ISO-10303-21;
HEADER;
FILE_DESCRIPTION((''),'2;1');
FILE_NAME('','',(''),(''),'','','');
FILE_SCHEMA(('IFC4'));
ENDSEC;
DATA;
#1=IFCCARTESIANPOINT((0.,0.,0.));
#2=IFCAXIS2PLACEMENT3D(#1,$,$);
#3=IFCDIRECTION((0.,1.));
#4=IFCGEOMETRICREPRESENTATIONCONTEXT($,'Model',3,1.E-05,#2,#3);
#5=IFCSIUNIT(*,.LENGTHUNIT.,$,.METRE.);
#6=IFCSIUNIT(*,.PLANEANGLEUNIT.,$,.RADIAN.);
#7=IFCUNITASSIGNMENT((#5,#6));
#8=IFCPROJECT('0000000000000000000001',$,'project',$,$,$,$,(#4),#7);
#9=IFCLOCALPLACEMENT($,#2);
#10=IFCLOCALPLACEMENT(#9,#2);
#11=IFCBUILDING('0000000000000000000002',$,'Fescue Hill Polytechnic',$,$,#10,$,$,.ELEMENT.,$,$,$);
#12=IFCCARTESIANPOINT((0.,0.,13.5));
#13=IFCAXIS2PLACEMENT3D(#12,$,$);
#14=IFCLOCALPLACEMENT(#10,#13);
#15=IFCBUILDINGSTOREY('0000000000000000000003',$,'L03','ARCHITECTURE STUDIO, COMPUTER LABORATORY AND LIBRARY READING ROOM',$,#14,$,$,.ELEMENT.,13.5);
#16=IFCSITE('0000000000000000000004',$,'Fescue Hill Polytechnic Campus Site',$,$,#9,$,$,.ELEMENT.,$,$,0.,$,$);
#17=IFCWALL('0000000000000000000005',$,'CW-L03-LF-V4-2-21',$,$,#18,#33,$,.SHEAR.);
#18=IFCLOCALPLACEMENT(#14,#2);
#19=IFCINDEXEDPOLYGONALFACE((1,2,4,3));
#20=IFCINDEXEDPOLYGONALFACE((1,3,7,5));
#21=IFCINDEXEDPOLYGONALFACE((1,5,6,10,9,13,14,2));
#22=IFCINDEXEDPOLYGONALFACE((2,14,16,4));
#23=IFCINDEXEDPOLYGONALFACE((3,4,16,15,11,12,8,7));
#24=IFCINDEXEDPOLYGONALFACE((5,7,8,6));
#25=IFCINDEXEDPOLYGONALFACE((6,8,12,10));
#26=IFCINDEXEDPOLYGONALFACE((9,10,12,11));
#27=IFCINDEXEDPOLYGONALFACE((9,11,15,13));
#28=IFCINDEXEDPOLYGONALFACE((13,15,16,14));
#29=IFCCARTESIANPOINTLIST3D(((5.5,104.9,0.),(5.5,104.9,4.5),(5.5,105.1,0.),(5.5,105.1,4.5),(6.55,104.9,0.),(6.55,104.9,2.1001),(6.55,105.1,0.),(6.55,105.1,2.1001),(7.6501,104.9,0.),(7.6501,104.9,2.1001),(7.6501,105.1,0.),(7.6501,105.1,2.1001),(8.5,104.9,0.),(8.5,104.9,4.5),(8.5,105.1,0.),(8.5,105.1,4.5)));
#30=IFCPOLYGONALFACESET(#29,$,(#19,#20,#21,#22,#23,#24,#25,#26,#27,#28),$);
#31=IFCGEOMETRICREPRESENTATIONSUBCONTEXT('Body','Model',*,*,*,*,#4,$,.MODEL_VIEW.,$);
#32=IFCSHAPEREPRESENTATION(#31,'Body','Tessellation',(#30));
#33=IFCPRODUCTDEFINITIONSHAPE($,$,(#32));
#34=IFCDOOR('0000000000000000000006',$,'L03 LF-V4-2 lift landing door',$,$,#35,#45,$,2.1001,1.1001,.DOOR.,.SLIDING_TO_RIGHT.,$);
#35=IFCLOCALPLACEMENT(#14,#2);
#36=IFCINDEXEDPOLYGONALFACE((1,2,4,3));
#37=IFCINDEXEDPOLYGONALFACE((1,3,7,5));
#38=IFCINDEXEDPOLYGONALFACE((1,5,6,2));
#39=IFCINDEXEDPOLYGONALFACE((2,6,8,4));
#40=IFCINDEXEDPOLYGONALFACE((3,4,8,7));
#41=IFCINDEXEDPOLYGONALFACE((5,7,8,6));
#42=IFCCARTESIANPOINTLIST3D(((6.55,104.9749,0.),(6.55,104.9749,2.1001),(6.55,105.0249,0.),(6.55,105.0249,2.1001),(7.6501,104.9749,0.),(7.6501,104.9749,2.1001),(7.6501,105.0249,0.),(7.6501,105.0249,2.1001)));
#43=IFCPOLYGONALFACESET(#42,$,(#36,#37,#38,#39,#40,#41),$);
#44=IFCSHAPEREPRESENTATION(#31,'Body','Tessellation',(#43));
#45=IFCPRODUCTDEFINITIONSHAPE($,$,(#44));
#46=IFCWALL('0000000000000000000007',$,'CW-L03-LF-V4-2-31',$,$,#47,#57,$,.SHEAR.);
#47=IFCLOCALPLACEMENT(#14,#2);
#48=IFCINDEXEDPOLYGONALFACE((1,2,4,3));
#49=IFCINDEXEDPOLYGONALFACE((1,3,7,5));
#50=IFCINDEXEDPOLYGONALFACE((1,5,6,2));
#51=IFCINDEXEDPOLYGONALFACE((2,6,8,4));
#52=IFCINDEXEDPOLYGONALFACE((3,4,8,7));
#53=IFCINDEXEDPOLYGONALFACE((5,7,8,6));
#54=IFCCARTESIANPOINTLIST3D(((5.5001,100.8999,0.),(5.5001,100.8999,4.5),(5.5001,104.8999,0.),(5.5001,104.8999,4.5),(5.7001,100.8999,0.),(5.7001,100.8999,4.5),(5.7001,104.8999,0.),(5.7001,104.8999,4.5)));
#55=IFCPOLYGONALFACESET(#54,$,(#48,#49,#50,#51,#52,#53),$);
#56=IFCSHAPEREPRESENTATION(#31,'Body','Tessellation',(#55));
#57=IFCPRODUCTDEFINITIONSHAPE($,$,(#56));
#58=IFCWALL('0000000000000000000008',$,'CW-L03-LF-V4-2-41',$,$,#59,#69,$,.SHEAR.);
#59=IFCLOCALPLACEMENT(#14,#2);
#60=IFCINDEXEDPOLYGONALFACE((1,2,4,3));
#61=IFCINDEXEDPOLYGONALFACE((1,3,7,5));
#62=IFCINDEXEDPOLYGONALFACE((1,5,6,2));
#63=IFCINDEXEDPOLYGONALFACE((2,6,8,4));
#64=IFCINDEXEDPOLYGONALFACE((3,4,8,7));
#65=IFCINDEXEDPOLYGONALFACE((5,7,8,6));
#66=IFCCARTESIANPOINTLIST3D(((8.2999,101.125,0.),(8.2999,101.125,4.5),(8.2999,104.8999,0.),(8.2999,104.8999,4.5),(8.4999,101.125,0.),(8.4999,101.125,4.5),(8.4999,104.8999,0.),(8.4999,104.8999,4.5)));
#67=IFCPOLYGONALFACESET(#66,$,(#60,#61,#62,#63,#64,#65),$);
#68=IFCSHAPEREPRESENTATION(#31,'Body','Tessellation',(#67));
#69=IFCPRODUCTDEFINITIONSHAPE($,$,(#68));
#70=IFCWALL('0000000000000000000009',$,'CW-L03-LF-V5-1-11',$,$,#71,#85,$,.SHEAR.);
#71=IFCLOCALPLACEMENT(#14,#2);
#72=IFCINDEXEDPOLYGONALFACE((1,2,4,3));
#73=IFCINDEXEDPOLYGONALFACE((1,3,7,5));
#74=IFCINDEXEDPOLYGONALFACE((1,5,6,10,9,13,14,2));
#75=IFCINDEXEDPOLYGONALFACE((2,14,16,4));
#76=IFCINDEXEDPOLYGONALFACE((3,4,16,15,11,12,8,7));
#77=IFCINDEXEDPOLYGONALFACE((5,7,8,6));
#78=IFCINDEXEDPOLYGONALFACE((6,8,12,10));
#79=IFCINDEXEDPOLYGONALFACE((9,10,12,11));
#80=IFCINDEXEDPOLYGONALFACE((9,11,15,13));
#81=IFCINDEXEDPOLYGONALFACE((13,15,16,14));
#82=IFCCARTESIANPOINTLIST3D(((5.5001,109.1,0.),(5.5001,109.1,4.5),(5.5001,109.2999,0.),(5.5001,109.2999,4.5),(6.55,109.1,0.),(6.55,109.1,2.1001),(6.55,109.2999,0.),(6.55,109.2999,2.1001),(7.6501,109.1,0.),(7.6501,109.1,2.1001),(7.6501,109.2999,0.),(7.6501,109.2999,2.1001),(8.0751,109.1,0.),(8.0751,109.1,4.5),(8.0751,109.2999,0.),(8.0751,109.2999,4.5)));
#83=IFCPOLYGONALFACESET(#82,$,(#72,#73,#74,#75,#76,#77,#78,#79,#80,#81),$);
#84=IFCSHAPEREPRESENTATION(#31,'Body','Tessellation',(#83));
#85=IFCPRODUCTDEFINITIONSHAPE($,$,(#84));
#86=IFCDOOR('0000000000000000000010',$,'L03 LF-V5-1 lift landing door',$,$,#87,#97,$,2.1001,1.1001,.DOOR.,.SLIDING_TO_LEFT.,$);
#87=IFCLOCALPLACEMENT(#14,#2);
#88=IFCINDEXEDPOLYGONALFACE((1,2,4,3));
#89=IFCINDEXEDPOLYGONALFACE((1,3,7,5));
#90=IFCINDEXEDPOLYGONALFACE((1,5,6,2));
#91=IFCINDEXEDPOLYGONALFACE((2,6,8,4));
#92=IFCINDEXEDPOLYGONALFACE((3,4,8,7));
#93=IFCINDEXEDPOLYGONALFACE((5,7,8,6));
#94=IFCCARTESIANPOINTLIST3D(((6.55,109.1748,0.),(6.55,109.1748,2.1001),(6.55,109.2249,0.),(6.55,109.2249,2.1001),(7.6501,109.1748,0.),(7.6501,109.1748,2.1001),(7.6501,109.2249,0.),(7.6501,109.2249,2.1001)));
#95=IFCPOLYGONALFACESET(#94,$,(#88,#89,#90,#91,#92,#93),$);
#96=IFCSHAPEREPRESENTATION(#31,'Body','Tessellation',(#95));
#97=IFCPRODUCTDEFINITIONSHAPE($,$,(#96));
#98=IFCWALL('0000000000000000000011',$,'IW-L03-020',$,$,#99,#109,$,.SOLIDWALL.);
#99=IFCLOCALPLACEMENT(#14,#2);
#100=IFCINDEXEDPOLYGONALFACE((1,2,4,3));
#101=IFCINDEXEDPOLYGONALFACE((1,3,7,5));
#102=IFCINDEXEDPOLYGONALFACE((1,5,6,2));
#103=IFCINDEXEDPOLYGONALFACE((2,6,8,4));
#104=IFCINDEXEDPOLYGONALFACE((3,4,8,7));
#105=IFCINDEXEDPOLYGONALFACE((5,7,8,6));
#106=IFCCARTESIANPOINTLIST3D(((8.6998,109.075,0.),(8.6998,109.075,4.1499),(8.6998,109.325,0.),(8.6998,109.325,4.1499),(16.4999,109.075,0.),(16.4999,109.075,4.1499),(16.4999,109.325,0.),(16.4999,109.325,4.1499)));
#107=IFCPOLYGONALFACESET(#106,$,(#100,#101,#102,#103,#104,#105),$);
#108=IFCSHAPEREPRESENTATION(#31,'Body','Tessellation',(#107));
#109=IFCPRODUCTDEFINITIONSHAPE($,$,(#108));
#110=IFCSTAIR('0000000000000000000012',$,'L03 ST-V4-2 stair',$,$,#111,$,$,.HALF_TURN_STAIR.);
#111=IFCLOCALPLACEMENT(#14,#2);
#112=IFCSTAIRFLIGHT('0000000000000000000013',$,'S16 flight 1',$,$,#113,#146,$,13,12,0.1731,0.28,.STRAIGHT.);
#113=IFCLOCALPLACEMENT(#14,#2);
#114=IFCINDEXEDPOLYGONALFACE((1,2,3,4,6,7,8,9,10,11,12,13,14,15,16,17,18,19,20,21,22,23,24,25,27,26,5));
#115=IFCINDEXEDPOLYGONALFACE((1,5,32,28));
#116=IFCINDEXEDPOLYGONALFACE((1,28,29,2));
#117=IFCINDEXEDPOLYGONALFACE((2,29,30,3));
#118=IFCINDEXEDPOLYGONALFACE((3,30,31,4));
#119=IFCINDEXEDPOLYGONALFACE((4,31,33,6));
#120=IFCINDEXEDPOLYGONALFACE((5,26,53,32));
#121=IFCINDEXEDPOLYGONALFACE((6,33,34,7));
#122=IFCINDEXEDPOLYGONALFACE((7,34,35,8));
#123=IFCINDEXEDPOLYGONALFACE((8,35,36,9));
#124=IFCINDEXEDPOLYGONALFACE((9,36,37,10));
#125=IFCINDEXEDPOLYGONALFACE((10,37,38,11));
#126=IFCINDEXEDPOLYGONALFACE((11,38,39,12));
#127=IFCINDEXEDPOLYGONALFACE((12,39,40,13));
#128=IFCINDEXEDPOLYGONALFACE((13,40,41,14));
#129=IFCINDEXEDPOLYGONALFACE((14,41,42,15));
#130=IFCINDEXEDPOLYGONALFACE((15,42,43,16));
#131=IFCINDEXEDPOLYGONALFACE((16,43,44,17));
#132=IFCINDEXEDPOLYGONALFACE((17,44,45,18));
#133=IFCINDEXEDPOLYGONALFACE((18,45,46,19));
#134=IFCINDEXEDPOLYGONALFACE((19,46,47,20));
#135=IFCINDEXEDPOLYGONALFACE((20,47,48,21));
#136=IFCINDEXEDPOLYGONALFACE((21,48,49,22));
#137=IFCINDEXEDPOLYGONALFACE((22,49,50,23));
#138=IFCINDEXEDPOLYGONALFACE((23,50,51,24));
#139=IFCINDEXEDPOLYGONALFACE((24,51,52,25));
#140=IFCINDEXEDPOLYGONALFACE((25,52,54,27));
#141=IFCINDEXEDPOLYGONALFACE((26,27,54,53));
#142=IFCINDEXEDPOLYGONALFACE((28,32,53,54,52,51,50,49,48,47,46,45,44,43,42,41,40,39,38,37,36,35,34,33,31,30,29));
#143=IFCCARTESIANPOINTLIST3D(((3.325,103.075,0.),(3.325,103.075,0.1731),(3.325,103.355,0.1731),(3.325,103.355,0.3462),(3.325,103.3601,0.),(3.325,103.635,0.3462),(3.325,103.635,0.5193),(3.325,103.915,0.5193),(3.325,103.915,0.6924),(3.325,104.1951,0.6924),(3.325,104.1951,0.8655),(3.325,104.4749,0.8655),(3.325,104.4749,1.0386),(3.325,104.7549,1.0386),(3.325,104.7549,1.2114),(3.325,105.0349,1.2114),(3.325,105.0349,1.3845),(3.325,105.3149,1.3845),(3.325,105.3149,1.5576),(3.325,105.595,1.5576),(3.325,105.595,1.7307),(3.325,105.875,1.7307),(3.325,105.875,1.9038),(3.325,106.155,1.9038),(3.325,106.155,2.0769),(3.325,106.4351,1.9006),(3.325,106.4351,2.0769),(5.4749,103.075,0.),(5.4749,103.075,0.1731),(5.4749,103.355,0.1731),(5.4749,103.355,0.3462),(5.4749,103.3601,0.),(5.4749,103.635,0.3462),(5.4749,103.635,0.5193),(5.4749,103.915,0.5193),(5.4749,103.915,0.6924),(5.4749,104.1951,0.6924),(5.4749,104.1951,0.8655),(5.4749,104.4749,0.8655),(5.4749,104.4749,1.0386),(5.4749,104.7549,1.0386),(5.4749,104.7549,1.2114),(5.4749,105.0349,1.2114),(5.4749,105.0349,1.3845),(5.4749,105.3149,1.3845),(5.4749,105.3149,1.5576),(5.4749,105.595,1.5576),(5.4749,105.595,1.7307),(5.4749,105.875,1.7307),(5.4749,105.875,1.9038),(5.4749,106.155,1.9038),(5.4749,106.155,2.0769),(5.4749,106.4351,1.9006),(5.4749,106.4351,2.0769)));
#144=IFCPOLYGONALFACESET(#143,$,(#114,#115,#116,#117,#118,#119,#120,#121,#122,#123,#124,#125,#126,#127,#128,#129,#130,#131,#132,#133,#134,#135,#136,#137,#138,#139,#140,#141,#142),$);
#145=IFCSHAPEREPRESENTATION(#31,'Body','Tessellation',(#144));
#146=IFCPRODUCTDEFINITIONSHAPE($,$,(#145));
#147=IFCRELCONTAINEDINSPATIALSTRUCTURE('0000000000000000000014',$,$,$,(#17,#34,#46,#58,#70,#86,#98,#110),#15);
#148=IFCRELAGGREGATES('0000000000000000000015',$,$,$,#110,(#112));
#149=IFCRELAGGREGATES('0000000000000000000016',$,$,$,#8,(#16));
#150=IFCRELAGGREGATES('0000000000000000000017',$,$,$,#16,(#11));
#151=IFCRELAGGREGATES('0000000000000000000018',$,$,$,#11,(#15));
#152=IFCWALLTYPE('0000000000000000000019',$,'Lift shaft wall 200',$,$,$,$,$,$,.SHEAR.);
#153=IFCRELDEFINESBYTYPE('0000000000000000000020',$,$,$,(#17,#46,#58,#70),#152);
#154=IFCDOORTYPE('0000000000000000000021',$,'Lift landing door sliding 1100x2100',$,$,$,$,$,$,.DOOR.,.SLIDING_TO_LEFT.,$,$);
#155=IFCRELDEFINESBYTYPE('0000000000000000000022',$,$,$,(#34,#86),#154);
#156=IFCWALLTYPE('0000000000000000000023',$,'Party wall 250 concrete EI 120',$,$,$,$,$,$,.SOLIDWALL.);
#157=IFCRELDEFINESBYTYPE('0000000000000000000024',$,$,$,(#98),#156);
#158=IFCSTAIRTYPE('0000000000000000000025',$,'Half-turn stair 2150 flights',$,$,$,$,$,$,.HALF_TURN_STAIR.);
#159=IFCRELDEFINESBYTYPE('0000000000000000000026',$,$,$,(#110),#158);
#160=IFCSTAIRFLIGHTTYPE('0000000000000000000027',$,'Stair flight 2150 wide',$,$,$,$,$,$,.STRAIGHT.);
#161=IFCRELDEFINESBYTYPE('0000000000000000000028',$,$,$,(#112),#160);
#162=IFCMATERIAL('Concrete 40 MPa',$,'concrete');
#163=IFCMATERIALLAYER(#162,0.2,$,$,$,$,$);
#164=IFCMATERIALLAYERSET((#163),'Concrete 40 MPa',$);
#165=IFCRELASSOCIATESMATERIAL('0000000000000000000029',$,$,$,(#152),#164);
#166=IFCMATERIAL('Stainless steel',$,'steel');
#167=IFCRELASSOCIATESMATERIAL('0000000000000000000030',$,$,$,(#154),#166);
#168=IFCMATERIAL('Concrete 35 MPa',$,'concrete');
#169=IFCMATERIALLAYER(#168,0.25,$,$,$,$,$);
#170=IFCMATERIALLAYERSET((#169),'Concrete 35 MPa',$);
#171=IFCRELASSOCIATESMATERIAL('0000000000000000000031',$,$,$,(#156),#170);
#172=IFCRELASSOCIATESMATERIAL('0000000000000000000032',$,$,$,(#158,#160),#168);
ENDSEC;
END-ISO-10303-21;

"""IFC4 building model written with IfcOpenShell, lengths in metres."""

from ifc_helpers import new_model, si_unit, direction, frame, frame_2d, origin, place, context, subcontext, project, spatial, polyline, rectangle, outline, extrude, material, layer, layer_set, type_object, element, fill, aggregate, save


model = new_model("IFC4")

# Units and contexts
model_context = context("Model", 3, precision=1e-05, world=origin(), true_north=direction((0.0, 1.0)))
body_context = subcontext(model_context, "Body", "Model", "MODEL_VIEW")
ifc_project = project(units=[si_unit("LENGTHUNIT", "METRE"), si_unit("PLANEANGLEUNIT", "RADIAN")], contexts=[model_context])

# Site, building, storey
site_placement = place(None, origin())
site = spatial("IfcSite", under=ifc_project, at=site_placement, Name="Fescue Hill Polytechnic Campus Site", CompositionType="ELEMENT", RefElevation=0.0)
building_placement = place(site_placement, origin())
building = spatial("IfcBuilding", under=site, at=building_placement, Name="Fescue Hill Polytechnic", CompositionType="ELEMENT")
storey_placement = place(building_placement, frame((0.0, 0.0, 13.5)))
storey = spatial("IfcBuildingStorey", under=building, at=storey_placement, Name="L03", Description="ARCHITECTURE STUDIO, COMPUTER LABORATORY AND LIBRARY READING ROOM", CompositionType="ELEMENT", Elevation=13.5)

# Shared definitions
ifc_material_1 = material(Name="Concrete 40 MPa", Category="concrete")

# Shared definitions
ifc_material_2 = material(Name="Concrete 35 MPa", Category="concrete")

# Wall, opening, door
ifc_layer_1 = layer(ifc_material_1, 0.2)
ifc_layer_set_1 = layer_set([ifc_layer_1], Name="Concrete 40 MPa")
wall_type_1 = type_object("IfcWallType", Name="Lift shaft wall 200", PredefinedType="SHEAR", material=ifc_layer_set_1)
ifc_material_3 = material(Name="Stainless steel", Category="steel")
door_type = type_object("IfcDoorType", Name="Lift landing door sliding 1100x2100", OperationType="SLIDING_TO_LEFT", PredefinedType="DOOR", material=ifc_material_3)
wall_1_placement = place(storey_placement, frame((5.5, 105.0, 0.0), z_axis=(0.0, 0.0, 1.0), x_axis=(1.0, 0.0, 0.0)))
wall_1 = element("IfcWall", 1, at=wall_1_placement, inside=storey, type_object=wall_type_1, Name="CW-L03-LF-V4-2-21", PredefinedType="SHEAR", context=body_context, shape_type="SweptSolid", body=[
    extrude(rectangle(XDim=3.0, YDim=0.2, at=frame_2d((1.5, 0.0))), origin(), (0.0, 0.0, 1.0), 4.5),
])
opening_1_placement = place(wall_1_placement, frame((1.05, 0.0, 0.0)))
opening_1 = element("IfcOpeningElement", 2, at=opening_1_placement, cuts=wall_1, PredefinedType="OPENING", context=body_context, shape_type="SweptSolid", body=[
    extrude(rectangle(XDim=1.1001, YDim=2.1001, at=frame_2d((0.55, 1.05))), frame((0.0, 0.1099, 0.0), z_axis=(0.0, -1.0, 0.0), x_axis=(1.0, 0.0, 0.0)), (0.0, 0.0, 1.0), 0.22),
])
door_1_placement = place(opening_1_placement, origin())
door_1 = element("IfcDoor", 3, at=door_1_placement, inside=storey, type_object=door_type, Name="L03 LF-V4-2 lift landing door", OperationType="SLIDING_TO_RIGHT", OverallHeight=2.1001, OverallWidth=1.1001, PredefinedType="DOOR", context=body_context, shape_type="SweptSolid", body=[
    extrude(rectangle(XDim=1.1001, YDim=2.1001, at=frame_2d((0.55, 1.05))), frame((0.0, 0.0249, 0.0), z_axis=(0.0, -1.0, 0.0), x_axis=(1.0, 0.0, 0.0)), (0.0, 0.0, 1.0), 0.05),
])
fill(opening_1, door_1)

# Walls
wall_2_placement = place(storey_placement, frame((5.6001, 100.8999, 0.0), z_axis=(0.0, 0.0, 1.0), x_axis=(0.0, 1.0, 0.0)))
element("IfcWall", 4, at=wall_2_placement, inside=storey, type_object=wall_type_1, Name="CW-L03-LF-V4-2-31", PredefinedType="SHEAR", context=body_context, shape_type="SweptSolid", body=[
    extrude(rectangle(XDim=4.0, YDim=0.2, at=frame_2d((2.0, 0.0))), origin(), (0.0, 0.0, 1.0), 4.5),
])
wall_3_placement = place(storey_placement, frame((8.3999, 101.125, 0.0), z_axis=(0.0, 0.0, 1.0), x_axis=(0.0, 1.0, 0.0)))
element("IfcWall", 5, at=wall_3_placement, inside=storey, type_object=wall_type_1, Name="CW-L03-LF-V4-2-41", PredefinedType="SHEAR", context=body_context, shape_type="SweptSolid", body=[
    extrude(rectangle(XDim=3.7749, YDim=0.2, at=frame_2d((1.8875, 0.0))), origin(), (0.0, 0.0, 1.0), 4.5),
])

# Wall, opening, door
wall_4_placement = place(storey_placement, frame((5.5, 109.2, 0.0), z_axis=(0.0, 0.0, 1.0), x_axis=(1.0, 0.0, 0.0)))
wall_4 = element("IfcWall", 6, at=wall_4_placement, inside=storey, type_object=wall_type_1, Name="CW-L03-LF-V5-1-11", PredefinedType="SHEAR", context=body_context, shape_type="SweptSolid", body=[
    extrude(rectangle(XDim=2.575, YDim=0.2, at=frame_2d((1.2876, 0.0))), origin(), (0.0, 0.0, 1.0), 4.5),
])
opening_2_placement = place(wall_4_placement, frame((1.05, 0.0, 0.0)))
opening_2 = element("IfcOpeningElement", 7, at=opening_2_placement, cuts=wall_4, PredefinedType="OPENING", context=body_context, shape_type="SweptSolid", body=[
    extrude(rectangle(XDim=1.1001, YDim=2.1001, at=frame_2d((0.55, 1.05))), frame((0.0, 0.1099, 0.0), z_axis=(0.0, -1.0, 0.0), x_axis=(1.0, 0.0, 0.0)), (0.0, 0.0, 1.0), 0.22),
])
door_2_placement = place(opening_2_placement, origin())
door_2 = element("IfcDoor", 8, at=door_2_placement, inside=storey, type_object=door_type, Name="L03 LF-V5-1 lift landing door", OperationType="SLIDING_TO_LEFT", OverallHeight=2.1001, OverallWidth=1.1001, PredefinedType="DOOR", context=body_context, shape_type="SweptSolid", body=[
    extrude(rectangle(XDim=1.1001, YDim=2.1001, at=frame_2d((0.55, 1.05))), frame((0.0, 0.0249, 0.0), z_axis=(0.0, -1.0, 0.0), x_axis=(1.0, 0.0, 0.0)), (0.0, 0.0, 1.0), 0.05),
])
fill(opening_2, door_2)

# Wall
ifc_layer_2 = layer(ifc_material_2, 0.25)
ifc_layer_set_2 = layer_set([ifc_layer_2], Name="Concrete 35 MPa")
wall_type_2 = type_object("IfcWallType", Name="Party wall 250 concrete EI 120", PredefinedType="SOLIDWALL", material=ifc_layer_set_2)
wall_5_placement = place(storey_placement, frame((8.7, 109.2, 0.0), z_axis=(0.0, 0.0, 1.0), x_axis=(1.0, 0.0, 0.0)))
element("IfcWall", 9, at=wall_5_placement, inside=storey, type_object=wall_type_2, Name="IW-L03-020", PredefinedType="SOLIDWALL", context=body_context, shape_type="SweptSolid", body=[
    extrude(rectangle(XDim=7.8, YDim=0.25, at=frame_2d((3.8999, 0.0))), origin(), (0.0, 0.0, 1.0), 4.1499),
])

# Stair, stair flight
stair_type = type_object("IfcStairType", Name="Half-turn stair 2150 flights", PredefinedType="HALF_TURN_STAIR", material=ifc_material_2)
stair_placement = place(storey_placement, origin())
stair = element("IfcStair", 10, at=stair_placement, inside=storey, type_object=stair_type, Name="L03 ST-V4-2 stair", PredefinedType="HALF_TURN_STAIR")
stair_flight_type = type_object("IfcStairFlightType", Name="Stair flight 2150 wide", PredefinedType="STRAIGHT", material=ifc_material_2)
stair_flight_placement = place(storey_placement, frame((4.3999, 103.075, 0.0), z_axis=(0.0, 0.0, 1.0), x_axis=(0.0, 1.0, 0.0)))
stair_flight = element("IfcStairFlight", 11, at=stair_flight_placement, type_object=stair_flight_type, Name="S16 flight 1", NumberOfRisers=13, NumberOfTreads=12, PredefinedType="STRAIGHT", RiserHeight=0.1731, TreadLength=0.28, context=body_context, shape_type="SweptSolid", body=[
    extrude(outline(polyline([(0.0, 0.0), (0.0, 0.1731), (0.28, 0.1731), (0.28, 0.3462), (0.5601, 0.3462), (0.5601, 0.5193), (0.8401, 0.5193), (0.8401, 0.6924), (1.1201, 0.6924), (1.1201, 0.8655), (1.3999, 0.8655), (1.3999, 1.0386), (1.6799, 1.0386), (1.6799, 1.2114), (1.96, 1.2114), (1.96, 1.3845), (2.24, 1.3845), (2.24, 1.5576), (2.52, 1.5576), (2.52, 1.7307), (2.8, 1.7307), (2.8, 1.9038), (3.0801, 1.9038), (3.0801, 2.0769), (3.3601, 2.0769), (3.3601, 2.25), (3.3601, 1.9006), (0.2852, 0.0), (0.0, 0.0)])), frame((0.0, 1.075, 0.0), z_axis=(0.0, -1.0, 0.0), x_axis=(1.0, 0.0, 0.0)), (0.0, 0.0, 1.0), 2.1499),
])
aggregate(stair, [stair_flight])

save(model, "model.ifc")
